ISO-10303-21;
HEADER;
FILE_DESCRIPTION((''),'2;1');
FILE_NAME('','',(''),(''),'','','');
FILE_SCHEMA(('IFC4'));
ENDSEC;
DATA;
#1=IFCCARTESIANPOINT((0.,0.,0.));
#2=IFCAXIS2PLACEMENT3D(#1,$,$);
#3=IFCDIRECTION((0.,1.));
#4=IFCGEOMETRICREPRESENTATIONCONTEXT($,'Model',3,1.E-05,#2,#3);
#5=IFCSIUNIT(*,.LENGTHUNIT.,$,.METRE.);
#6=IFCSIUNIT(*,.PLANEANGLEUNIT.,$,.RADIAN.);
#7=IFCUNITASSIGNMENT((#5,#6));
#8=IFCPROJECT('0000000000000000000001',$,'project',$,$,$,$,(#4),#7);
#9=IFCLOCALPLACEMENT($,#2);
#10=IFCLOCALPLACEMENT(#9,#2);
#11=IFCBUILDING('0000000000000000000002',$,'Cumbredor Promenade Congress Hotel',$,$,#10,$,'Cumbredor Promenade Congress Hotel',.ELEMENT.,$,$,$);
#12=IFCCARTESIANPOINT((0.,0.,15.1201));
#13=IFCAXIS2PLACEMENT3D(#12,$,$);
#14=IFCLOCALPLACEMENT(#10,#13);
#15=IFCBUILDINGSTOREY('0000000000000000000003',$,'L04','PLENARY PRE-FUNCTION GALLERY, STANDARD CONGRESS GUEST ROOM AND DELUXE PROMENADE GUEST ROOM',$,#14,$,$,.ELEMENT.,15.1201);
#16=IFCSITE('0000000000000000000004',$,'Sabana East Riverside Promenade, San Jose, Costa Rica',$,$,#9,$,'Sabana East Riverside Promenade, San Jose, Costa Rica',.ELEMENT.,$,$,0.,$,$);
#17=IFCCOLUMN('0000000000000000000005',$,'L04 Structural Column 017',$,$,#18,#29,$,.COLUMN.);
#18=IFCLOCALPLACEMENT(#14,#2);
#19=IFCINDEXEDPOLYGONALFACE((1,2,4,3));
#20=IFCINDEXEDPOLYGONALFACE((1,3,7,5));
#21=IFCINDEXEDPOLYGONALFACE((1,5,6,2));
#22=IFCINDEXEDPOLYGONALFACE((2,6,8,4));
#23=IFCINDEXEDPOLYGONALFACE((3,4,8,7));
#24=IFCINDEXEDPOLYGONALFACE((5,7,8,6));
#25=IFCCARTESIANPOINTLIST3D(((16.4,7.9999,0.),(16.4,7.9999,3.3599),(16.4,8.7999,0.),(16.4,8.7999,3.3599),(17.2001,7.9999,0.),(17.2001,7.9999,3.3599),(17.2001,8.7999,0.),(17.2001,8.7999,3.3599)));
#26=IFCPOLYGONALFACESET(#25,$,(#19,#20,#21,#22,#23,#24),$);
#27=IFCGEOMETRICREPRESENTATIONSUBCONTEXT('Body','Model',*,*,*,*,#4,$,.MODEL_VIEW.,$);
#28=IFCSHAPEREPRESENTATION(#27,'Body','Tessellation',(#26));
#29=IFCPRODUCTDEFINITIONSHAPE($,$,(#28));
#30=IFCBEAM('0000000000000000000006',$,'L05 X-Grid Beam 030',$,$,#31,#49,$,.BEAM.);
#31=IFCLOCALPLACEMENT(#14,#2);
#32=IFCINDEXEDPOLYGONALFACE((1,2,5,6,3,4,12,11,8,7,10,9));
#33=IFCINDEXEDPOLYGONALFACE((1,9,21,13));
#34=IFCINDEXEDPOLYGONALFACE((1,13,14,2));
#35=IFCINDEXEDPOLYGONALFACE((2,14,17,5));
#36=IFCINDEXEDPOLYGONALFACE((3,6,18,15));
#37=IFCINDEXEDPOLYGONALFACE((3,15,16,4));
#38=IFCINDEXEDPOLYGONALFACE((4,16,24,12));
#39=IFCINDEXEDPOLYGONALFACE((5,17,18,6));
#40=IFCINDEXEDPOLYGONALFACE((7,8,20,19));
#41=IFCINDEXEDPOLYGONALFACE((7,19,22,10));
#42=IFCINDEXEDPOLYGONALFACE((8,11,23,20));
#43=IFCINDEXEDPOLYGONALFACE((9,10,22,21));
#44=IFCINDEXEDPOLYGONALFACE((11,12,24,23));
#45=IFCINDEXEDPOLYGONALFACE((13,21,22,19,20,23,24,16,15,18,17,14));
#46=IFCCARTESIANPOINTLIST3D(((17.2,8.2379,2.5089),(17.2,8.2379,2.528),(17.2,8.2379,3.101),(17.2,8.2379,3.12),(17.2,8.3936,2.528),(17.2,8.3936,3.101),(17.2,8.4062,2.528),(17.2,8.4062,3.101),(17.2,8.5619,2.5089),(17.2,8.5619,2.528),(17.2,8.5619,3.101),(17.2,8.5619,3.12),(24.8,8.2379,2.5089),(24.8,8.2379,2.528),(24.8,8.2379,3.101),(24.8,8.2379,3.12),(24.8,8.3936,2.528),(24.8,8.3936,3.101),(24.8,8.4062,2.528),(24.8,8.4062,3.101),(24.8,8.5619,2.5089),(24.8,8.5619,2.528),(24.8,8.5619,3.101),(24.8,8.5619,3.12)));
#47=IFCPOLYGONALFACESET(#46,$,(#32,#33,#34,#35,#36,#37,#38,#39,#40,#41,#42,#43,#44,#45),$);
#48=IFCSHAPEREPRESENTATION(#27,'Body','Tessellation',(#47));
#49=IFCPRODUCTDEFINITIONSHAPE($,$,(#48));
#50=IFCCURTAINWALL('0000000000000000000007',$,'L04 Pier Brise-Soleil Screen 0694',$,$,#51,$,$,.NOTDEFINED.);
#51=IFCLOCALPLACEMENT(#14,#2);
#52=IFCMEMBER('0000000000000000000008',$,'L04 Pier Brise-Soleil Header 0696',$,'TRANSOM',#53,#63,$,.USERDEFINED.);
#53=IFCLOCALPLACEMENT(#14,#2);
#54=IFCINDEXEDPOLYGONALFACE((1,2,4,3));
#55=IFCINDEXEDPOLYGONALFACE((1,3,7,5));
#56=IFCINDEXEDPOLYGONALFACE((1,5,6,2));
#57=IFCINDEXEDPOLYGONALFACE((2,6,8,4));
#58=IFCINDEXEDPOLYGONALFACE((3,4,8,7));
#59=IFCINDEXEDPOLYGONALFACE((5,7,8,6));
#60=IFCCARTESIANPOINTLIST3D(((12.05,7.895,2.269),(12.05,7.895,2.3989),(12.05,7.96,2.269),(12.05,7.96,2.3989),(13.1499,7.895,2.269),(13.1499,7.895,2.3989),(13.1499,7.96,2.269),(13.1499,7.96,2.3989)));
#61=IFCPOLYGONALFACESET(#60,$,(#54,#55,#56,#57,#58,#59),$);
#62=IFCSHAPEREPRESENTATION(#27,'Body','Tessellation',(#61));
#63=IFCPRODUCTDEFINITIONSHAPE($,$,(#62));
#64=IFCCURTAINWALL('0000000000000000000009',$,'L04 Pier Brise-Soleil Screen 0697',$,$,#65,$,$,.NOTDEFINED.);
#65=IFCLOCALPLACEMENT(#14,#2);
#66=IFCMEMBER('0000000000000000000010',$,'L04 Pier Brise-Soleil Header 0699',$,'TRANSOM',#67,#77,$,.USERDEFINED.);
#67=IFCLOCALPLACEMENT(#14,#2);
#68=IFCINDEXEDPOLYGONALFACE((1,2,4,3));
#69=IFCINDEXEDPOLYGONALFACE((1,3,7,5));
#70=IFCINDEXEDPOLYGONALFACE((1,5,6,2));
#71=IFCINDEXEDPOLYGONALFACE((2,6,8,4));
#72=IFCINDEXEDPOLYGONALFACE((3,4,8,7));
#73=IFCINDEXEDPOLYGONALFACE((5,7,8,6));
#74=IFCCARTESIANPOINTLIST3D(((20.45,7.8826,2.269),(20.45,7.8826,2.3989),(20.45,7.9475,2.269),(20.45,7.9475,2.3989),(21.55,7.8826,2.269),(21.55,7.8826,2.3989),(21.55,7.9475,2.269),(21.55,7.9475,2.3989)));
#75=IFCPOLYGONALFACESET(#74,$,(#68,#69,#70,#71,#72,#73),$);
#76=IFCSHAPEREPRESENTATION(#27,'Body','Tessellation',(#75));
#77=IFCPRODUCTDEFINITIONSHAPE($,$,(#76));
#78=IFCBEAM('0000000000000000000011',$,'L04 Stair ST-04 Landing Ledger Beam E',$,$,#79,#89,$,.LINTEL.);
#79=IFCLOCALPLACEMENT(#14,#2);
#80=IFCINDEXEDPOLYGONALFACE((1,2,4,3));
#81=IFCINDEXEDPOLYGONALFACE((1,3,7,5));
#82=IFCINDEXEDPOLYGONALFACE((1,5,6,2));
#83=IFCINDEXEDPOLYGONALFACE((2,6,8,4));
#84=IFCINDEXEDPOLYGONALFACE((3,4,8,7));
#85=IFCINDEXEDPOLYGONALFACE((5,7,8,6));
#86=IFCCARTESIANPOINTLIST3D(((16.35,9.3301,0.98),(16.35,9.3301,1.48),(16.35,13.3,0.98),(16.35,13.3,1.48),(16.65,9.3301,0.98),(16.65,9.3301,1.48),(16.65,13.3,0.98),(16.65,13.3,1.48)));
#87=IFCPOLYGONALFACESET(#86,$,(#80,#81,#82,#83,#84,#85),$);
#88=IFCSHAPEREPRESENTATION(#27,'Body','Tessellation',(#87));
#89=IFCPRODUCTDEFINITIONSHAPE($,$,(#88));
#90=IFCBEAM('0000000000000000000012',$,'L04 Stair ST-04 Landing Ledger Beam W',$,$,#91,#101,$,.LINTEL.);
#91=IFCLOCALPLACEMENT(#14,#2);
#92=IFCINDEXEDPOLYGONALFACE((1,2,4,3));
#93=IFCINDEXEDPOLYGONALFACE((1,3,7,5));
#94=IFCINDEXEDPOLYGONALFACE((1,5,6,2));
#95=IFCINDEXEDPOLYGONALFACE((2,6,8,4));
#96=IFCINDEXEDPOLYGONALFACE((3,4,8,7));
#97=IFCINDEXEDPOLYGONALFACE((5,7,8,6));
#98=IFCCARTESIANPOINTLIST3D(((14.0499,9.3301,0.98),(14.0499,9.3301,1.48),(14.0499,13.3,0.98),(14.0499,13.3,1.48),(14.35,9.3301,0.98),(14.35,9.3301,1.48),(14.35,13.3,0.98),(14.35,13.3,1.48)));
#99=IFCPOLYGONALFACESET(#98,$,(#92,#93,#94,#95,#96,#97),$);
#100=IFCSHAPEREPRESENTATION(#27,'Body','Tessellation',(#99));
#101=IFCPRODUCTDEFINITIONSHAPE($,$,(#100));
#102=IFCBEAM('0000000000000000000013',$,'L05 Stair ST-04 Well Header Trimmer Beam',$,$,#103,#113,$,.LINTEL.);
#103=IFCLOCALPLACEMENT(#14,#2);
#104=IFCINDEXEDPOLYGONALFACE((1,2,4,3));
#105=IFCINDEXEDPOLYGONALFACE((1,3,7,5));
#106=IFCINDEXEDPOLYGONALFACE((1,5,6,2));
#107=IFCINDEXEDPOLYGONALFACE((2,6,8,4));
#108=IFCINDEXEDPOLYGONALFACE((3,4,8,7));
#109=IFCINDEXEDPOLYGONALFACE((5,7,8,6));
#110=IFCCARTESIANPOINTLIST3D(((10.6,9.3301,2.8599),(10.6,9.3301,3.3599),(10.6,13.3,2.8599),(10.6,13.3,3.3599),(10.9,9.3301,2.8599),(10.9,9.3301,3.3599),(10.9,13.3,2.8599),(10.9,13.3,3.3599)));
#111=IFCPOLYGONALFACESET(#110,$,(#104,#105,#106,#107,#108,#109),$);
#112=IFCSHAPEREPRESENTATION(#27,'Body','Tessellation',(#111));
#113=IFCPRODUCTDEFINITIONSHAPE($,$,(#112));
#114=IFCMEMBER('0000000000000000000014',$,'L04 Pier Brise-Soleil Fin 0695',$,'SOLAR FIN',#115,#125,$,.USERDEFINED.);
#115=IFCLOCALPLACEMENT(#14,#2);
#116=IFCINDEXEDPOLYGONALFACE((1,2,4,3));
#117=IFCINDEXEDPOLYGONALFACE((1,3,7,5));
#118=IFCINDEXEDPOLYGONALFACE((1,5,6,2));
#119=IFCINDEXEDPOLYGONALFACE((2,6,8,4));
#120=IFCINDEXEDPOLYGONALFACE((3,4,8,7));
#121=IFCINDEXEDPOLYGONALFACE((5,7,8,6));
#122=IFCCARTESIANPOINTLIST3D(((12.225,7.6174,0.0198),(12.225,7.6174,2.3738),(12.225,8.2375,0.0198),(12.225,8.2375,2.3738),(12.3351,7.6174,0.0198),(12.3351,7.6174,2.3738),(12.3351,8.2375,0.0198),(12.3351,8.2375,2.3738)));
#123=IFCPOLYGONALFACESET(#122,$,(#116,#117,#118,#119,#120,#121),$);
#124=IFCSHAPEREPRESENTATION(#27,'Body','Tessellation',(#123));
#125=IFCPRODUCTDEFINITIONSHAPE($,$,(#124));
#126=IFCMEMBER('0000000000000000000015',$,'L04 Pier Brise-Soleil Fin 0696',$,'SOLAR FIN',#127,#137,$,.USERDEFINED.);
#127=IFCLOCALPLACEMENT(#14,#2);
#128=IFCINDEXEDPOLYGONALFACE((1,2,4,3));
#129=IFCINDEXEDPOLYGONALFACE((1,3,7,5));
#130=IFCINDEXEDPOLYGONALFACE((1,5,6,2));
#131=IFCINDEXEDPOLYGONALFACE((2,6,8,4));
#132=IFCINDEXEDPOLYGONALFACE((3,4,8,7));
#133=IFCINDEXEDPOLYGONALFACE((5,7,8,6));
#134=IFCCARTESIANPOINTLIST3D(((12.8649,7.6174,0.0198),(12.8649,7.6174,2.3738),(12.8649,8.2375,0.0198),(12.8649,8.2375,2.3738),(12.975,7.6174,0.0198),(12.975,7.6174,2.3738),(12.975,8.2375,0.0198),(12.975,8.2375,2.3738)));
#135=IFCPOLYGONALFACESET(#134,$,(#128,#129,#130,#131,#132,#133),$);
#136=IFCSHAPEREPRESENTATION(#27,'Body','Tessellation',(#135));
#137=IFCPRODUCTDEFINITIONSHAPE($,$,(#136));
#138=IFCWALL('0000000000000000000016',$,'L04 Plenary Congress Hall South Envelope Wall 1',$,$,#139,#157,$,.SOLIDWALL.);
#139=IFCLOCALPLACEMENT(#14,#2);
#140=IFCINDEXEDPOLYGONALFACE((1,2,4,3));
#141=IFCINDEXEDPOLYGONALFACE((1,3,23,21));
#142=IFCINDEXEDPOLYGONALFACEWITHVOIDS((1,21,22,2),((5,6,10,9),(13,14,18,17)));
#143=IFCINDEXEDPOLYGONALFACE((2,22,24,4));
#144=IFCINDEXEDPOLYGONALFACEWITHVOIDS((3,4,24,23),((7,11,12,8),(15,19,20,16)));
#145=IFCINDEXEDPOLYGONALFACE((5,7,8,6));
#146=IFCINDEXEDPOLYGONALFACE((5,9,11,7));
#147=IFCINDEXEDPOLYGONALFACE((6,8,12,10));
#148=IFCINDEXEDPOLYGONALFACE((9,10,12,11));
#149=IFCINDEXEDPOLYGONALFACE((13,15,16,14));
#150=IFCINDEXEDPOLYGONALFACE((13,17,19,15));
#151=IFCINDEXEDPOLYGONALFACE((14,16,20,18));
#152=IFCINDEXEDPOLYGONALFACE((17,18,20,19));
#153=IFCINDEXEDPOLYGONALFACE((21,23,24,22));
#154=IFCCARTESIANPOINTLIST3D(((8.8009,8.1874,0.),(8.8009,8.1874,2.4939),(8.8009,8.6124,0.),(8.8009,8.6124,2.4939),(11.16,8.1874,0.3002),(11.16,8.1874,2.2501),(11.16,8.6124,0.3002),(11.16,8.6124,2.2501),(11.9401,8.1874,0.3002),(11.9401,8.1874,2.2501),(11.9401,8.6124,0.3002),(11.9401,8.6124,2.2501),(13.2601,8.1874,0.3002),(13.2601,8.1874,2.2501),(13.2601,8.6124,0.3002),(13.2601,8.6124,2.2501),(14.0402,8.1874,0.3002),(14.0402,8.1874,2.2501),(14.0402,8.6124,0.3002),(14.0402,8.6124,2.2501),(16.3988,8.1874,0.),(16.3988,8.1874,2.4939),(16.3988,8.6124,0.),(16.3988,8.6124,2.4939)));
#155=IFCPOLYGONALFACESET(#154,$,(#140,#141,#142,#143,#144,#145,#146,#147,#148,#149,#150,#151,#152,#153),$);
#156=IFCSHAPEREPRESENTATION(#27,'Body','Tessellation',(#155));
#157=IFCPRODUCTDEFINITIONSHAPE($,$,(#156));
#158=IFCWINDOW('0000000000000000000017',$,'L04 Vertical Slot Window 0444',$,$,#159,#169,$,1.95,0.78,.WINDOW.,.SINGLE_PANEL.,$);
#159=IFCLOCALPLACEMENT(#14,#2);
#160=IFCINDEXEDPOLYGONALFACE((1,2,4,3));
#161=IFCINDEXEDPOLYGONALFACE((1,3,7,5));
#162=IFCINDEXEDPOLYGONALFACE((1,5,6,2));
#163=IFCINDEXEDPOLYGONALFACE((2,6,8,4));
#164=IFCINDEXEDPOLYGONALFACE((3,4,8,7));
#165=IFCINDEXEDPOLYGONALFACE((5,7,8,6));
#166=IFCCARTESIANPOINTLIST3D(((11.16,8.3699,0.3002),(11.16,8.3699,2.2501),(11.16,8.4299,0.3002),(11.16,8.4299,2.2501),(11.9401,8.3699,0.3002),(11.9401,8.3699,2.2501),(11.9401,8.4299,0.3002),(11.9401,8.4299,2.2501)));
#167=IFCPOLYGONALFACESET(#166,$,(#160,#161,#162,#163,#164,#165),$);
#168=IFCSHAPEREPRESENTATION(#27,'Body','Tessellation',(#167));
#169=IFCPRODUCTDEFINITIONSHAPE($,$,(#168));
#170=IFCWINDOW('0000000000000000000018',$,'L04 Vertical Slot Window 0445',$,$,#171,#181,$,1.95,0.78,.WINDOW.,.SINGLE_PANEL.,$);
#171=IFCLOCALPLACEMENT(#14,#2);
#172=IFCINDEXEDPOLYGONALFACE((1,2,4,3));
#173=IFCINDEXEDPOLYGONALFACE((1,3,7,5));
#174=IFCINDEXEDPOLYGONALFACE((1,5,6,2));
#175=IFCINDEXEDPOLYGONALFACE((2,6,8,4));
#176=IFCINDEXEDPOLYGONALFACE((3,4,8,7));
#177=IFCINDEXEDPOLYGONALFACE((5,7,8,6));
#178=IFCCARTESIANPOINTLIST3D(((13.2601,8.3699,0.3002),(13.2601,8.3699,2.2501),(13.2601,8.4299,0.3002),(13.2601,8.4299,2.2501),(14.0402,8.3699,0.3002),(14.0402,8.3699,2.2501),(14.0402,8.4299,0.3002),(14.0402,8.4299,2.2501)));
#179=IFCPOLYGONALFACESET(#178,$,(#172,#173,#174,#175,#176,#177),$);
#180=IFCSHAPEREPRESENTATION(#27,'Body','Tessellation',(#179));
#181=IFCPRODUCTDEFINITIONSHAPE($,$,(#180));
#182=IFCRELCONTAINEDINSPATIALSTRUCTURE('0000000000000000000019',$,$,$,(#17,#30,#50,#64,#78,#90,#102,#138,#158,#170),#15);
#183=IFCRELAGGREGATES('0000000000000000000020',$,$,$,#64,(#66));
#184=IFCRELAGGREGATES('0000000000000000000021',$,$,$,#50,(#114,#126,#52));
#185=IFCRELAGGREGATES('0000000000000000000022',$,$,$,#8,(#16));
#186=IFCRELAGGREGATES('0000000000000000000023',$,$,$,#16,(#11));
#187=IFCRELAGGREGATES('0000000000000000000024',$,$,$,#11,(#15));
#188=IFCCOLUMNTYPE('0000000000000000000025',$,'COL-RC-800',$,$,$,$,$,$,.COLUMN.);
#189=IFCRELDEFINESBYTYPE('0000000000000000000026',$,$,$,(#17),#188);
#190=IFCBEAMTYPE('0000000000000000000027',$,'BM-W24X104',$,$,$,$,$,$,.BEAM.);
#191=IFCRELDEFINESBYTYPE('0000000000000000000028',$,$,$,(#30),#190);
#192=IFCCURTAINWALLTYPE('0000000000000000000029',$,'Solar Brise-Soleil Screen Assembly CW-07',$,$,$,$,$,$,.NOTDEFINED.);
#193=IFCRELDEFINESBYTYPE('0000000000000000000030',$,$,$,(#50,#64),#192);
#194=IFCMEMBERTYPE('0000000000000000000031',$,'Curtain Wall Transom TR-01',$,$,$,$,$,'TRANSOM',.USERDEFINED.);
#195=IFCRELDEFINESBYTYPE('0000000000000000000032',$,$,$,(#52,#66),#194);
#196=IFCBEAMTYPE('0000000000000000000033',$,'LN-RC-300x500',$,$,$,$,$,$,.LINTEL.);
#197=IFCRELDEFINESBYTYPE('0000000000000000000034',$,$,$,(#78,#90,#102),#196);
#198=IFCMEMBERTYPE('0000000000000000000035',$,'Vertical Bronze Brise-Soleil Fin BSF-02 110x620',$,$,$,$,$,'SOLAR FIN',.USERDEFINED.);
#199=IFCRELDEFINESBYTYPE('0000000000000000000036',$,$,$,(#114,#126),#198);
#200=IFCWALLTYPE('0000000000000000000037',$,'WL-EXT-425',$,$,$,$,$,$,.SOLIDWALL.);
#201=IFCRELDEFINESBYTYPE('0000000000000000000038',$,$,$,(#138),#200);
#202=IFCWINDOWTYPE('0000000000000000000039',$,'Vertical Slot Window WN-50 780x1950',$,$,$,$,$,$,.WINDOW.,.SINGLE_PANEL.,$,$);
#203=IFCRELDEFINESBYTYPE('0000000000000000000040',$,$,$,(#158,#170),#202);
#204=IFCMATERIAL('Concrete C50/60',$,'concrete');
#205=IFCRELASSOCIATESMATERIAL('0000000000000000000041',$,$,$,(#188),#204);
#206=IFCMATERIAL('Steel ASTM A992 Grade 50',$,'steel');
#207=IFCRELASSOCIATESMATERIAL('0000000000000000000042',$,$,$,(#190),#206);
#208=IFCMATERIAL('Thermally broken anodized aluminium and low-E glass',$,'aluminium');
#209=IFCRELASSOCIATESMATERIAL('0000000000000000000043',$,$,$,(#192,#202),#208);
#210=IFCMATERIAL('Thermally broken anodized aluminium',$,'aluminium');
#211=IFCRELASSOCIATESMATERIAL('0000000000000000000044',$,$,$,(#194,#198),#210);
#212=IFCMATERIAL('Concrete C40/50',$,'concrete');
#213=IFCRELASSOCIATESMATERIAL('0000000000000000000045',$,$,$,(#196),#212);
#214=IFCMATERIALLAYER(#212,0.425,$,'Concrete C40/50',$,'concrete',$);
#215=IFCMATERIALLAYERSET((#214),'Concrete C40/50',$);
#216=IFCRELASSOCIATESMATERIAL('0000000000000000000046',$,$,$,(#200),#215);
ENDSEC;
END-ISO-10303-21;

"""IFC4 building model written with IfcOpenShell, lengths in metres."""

from ifc_helpers import new_model, si_unit, direction, frame, frame_2d, origin, origin_2d, place, context, subcontext, project, spatial, rectangle, i_section, extrude, material, layer, layer_set, material_profile, profile_set, type_object, element, fill, aggregate, save


model = new_model("IFC4")

# Units and contexts
model_context = context("Model", 3, precision=1e-05, world=origin(), true_north=direction((0.0, 1.0)))
body_context = subcontext(model_context, "Body", "Model", "MODEL_VIEW")
ifc_project = project(units=[si_unit("LENGTHUNIT", "METRE"), si_unit("PLANEANGLEUNIT", "RADIAN")], contexts=[model_context])

# Site, building, storey
site_placement = place(None, origin())
site = spatial("IfcSite", under=ifc_project, at=site_placement, Name="Sabana East Riverside Promenade, San Jose, Costa Rica", LongName="Sabana East Riverside Promenade, San Jose, Costa Rica", CompositionType="ELEMENT", RefElevation=0.0)
building_placement = place(site_placement, origin())
building = spatial("IfcBuilding", under=site, at=building_placement, Name="Cumbredor Promenade Congress Hotel", LongName="Cumbredor Promenade Congress Hotel", CompositionType="ELEMENT")
storey_placement = place(building_placement, frame((0.0, 0.0, 15.1201)))
storey = spatial("IfcBuildingStorey", under=building, at=storey_placement, Name="L04", Description="PLENARY PRE-FUNCTION GALLERY, STANDARD CONGRESS GUEST ROOM AND DELUXE PROMENADE GUEST ROOM", CompositionType="ELEMENT", Elevation=15.1201)

# Column
ifc_material_1 = material(Name="Concrete C50/60", Category="concrete")
ifc_material_profile_1 = material_profile(ifc_material_1, rectangle(XDim=0.8, YDim=0.8, at=origin_2d()), Name="RC 800x800")
ifc_profile_set_1 = profile_set([ifc_material_profile_1], Name="Concrete C50/60")
column_type = type_object("IfcColumnType", Name="COL-RC-800", PredefinedType="COLUMN", material=ifc_profile_set_1)
column_placement = place(storey_placement, frame((16.8, 8.3999, 0.0), z_axis=(0.0, 0.0, 1.0), x_axis=(1.0, 0.0, 0.0)))
element("IfcColumn", 1, at=column_placement, inside=storey, type_object=column_type, Name="L04 Structural Column 017", PredefinedType="COLUMN", context=body_context, shape_type="SweptSolid", body=[
    extrude(rectangle(XDim=0.8, YDim=0.8, at=origin_2d()), origin(), (0.0, 0.0, 1.0), 3.3599),
])

# Beam
ifc_material_2 = material(Name="Steel ASTM A992 Grade 50", Category="steel")
ifc_material_profile_2 = material_profile(ifc_material_2, i_section(OverallWidth=0.324, OverallDepth=0.6111, WebThickness=0.0127, FlangeThickness=0.019, at=origin_2d()), Name="W24X104")
ifc_profile_set_2 = profile_set([ifc_material_profile_2], Name="Steel ASTM A992 Grade 50")
beam_type_1 = type_object("IfcBeamType", Name="BM-W24X104", PredefinedType="BEAM", material=ifc_profile_set_2)
beam_placement = place(storey_placement, frame((17.2, 8.3999, 2.8145), z_axis=(1.0, 0.0, 0.0), x_axis=(0.0, 1.0, 0.0)))
element("IfcBeam", 2, at=beam_placement, inside=storey, type_object=beam_type_1, Name="L05 X-Grid Beam 030", PredefinedType="BEAM", context=body_context, shape_type="SweptSolid", body=[
    extrude(i_section(OverallWidth=0.324, OverallDepth=0.6111, WebThickness=0.0127, FlangeThickness=0.019, at=origin_2d()), origin(), (0.0, 0.0, 1.0), 7.6001),
])

# Curtain walls, members
ifc_material_3 = material(Name="Thermally broken anodized aluminium and low-E glass", Category="aluminium")
curtain_wall_type = type_object("IfcCurtainWallType", Name="Solar Brise-Soleil Screen Assembly CW-07", PredefinedType="NOTDEFINED", material=ifc_material_3)
curtain_wall_1_placement = place(storey_placement, origin())
curtain_wall_1 = element("IfcCurtainWall", 3, at=curtain_wall_1_placement, inside=storey, type_object=curtain_wall_type, Name="L04 Pier Brise-Soleil Screen 0694", PredefinedType="NOTDEFINED")
ifc_material_4 = material(Name="Thermally broken anodized aluminium", Category="aluminium")
ifc_material_profile_3 = material_profile(ifc_material_4, rectangle(XDim=0.0649, YDim=0.1299, at=origin_2d()), Name="ALU TRANSOM 65x130")
ifc_profile_set_3 = profile_set([ifc_material_profile_3], Name="Thermally broken anodized aluminium")
member_type_1 = type_object("IfcMemberType", Name="Curtain Wall Transom TR-01", ElementType="TRANSOM", PredefinedType="USERDEFINED", material=ifc_profile_set_3)
member_1_placement = place(storey_placement, frame((12.05, 7.9275, 2.334), z_axis=(1.0, 0.0, 0.0), x_axis=(0.0, 1.0, 0.0)))
member_1 = element("IfcMember", 4, at=member_1_placement, type_object=member_type_1, Name="L04 Pier Brise-Soleil Header 0696", ObjectType="TRANSOM", PredefinedType="USERDEFINED", context=body_context, shape_type="SweptSolid", body=[
    extrude(rectangle(XDim=0.0649, YDim=0.1299, at=origin_2d()), origin(), (0.0, 0.0, 1.0), 1.0999),
])
curtain_wall_2_placement = place(storey_placement, origin())
curtain_wall_2 = element("IfcCurtainWall", 5, at=curtain_wall_2_placement, inside=storey, type_object=curtain_wall_type, Name="L04 Pier Brise-Soleil Screen 0697", PredefinedType="NOTDEFINED")
member_2_placement = place(storey_placement, frame((20.45, 7.915, 2.334), z_axis=(1.0, 0.0, 0.0), x_axis=(0.0, 1.0, 0.0)))
member_2 = element("IfcMember", 6, at=member_2_placement, type_object=member_type_1, Name="L04 Pier Brise-Soleil Header 0699", ObjectType="TRANSOM", PredefinedType="USERDEFINED", context=body_context, shape_type="SweptSolid", body=[
    extrude(rectangle(XDim=0.0649, YDim=0.1299, at=origin_2d()), origin(), (0.0, 0.0, 1.0), 1.1001),
])
aggregate(curtain_wall_2, [member_2])

# Beams
ifc_material_5 = material(Name="Concrete C40/50", Category="concrete")
ifc_material_profile_4 = material_profile(ifc_material_5, rectangle(XDim=0.3, YDim=0.5, at=origin_2d()), Name="RC LINTEL 300x500")
ifc_profile_set_4 = profile_set([ifc_material_profile_4], Name="Concrete C40/50")
beam_type_2 = type_object("IfcBeamType", Name="LN-RC-300x500", PredefinedType="LINTEL", material=ifc_profile_set_4)
for number, where, z_axis, x_axis, name in (
    (7, (16.5, 9.3301, 1.23), (0.0, 1.0, 0.0), (-1.0, 0.0, 0.0), "L04 Stair ST-04 Landing Ledger Beam E"),
    (8, (14.2, 9.3301, 1.23), (0.0, 1.0, 0.0), (-1.0, 0.0, 0.0), "L04 Stair ST-04 Landing Ledger Beam W"),
    (9, (10.75, 9.3301, 3.1099), (0.0, 1.0, 0.0), (-1.0, 0.0, 0.0), "L05 Stair ST-04 Well Header Trimmer Beam"),
):
    element("IfcBeam", number, at=place(storey_placement, frame(where, z_axis=z_axis, x_axis=x_axis)), inside=storey, type_object=beam_type_2, Name=name, PredefinedType="LINTEL", context=body_context, shape_type="SweptSolid", body=[
        extrude(rectangle(XDim=0.3, YDim=0.5, at=origin_2d()), origin(), (0.0, 0.0, 1.0), 3.97),
    ])

# Members
ifc_material_profile_5 = material_profile(ifc_material_4, rectangle(XDim=0.1101, YDim=0.6201, at=origin_2d()), Name="ARCH FIN 110x620")
ifc_profile_set_5 = profile_set([ifc_material_profile_5], Name="Thermally broken anodized aluminium")
member_type_2 = type_object("IfcMemberType", Name="Vertical Bronze Brise-Soleil Fin BSF-02 110x620", ElementType="SOLAR FIN", PredefinedType="USERDEFINED", material=ifc_profile_set_5)
member_3_placement = place(storey_placement, frame((12.28, 7.9275, 0.0198), z_axis=(0.0, 0.0, 1.0), x_axis=(1.0, 0.0, 0.0)))
member_3 = element("IfcMember", 10, at=member_3_placement, type_object=member_type_2, Name="L04 Pier Brise-Soleil Fin 0695", ObjectType="SOLAR FIN", PredefinedType="USERDEFINED", context=body_context, shape_type="SweptSolid", body=[
    extrude(rectangle(XDim=0.1101, YDim=0.6201, at=origin_2d()), origin(), (0.0, 0.0, 1.0), 2.354),
])
member_4_placement = place(storey_placement, frame((12.9199, 7.9275, 0.0198), z_axis=(0.0, 0.0, 1.0), x_axis=(1.0, 0.0, 0.0)))
member_4 = element("IfcMember", 11, at=member_4_placement, type_object=member_type_2, Name="L04 Pier Brise-Soleil Fin 0696", ObjectType="SOLAR FIN", PredefinedType="USERDEFINED", context=body_context, shape_type="SweptSolid", body=[
    extrude(rectangle(XDim=0.1101, YDim=0.6201, at=origin_2d()), origin(), (0.0, 0.0, 1.0), 2.354),
])
aggregate(curtain_wall_1, [member_3, member_4, member_1])

# Wall, openings, windows
ifc_layer_1 = layer(ifc_material_5, 0.425, Name="Concrete C40/50", Category="concrete")
ifc_layer_set_1 = layer_set([ifc_layer_1], Name="Concrete C40/50")
wall_type_1 = type_object("IfcWallType", Name="WL-EXT-425", PredefinedType="SOLIDWALL", material=ifc_layer_set_1)
wall_1_placement = place(storey_placement, frame((8.801, 8.3999, 0.0), z_axis=(0.0, 0.0, 1.0), x_axis=(1.0, 0.0, 0.0)))
wall_1 = element("IfcWall", 12, at=wall_1_placement, inside=storey, type_object=wall_type_1, Name="L04 Plenary Congress Hall South Envelope Wall 1", PredefinedType="SOLIDWALL", context=body_context, shape_type="SweptSolid", body=[
    extrude(rectangle(XDim=7.5979, YDim=0.425, at=frame_2d((3.7988, 0.0))), origin(), (0.0, 0.0, 1.0), 2.4939),
])
opening_1_placement = place(wall_1_placement, frame((2.3589, 0.0, 0.3)))
opening_1 = element("IfcOpeningElement", 13, at=opening_1_placement, cuts=wall_1, PredefinedType="OPENING", context=body_context, shape_type="SweptSolid", body=[
    extrude(rectangle(XDim=0.78, YDim=1.95, at=frame_2d((0.3901, 0.9751))), frame((0.0, 0.2227, 0.0), z_axis=(0.0, -1.0, 0.0), x_axis=(1.0, 0.0, 0.0)), (0.0, 0.0, 1.0), 0.4451),
])
opening_2_placement = place(wall_1_placement, frame((4.459, 0.0, 0.3)))
opening_2 = element("IfcOpeningElement", 14, at=opening_2_placement, cuts=wall_1, PredefinedType="OPENING", context=body_context, shape_type="SweptSolid", body=[
    extrude(rectangle(XDim=0.78, YDim=1.95, at=frame_2d((0.3901, 0.9751))), frame((0.0, 0.2227, 0.0), z_axis=(0.0, -1.0, 0.0), x_axis=(1.0, 0.0, 0.0)), (0.0, 0.0, 1.0), 0.4451),
])
window_type_1 = type_object("IfcWindowType", Name="Vertical Slot Window WN-50 780x1950", PartitioningType="SINGLE_PANEL", PredefinedType="WINDOW", material=ifc_material_3)
window_1_placement = place(opening_1_placement, origin())
window_1 = element("IfcWindow", 15, at=window_1_placement, inside=storey, type_object=window_type_1, Name="L04 Vertical Slot Window 0444", OverallHeight=1.95, OverallWidth=0.78, PartitioningType="SINGLE_PANEL", PredefinedType="WINDOW", context=body_context, shape_type="SweptSolid", body=[
    extrude(rectangle(XDim=0.78, YDim=1.95, at=frame_2d((0.3901, 0.9751))), frame((0.0, 0.03, 0.0), z_axis=(0.0, -1.0, 0.0), x_axis=(1.0, 0.0, 0.0)), (0.0, 0.0, 1.0), 0.0601),
])
fill(opening_1, window_1)
window_2_placement = place(opening_2_placement, origin())
window_2 = element("IfcWindow", 16, at=window_2_placement, inside=storey, type_object=window_type_1, Name="L04 Vertical Slot Window 0445", OverallHeight=1.95, OverallWidth=0.78, PartitioningType="SINGLE_PANEL", PredefinedType="WINDOW", context=body_context, shape_type="SweptSolid", body=[
    extrude(rectangle(XDim=0.78, YDim=1.95, at=frame_2d((0.3901, 0.9751))), frame((0.0, 0.03, 0.0), z_axis=(0.0, -1.0, 0.0), x_axis=(1.0, 0.0, 0.0)), (0.0, 0.0, 1.0), 0.0601),
])
fill(opening_2, window_2)

save(model, "model.ifc")
